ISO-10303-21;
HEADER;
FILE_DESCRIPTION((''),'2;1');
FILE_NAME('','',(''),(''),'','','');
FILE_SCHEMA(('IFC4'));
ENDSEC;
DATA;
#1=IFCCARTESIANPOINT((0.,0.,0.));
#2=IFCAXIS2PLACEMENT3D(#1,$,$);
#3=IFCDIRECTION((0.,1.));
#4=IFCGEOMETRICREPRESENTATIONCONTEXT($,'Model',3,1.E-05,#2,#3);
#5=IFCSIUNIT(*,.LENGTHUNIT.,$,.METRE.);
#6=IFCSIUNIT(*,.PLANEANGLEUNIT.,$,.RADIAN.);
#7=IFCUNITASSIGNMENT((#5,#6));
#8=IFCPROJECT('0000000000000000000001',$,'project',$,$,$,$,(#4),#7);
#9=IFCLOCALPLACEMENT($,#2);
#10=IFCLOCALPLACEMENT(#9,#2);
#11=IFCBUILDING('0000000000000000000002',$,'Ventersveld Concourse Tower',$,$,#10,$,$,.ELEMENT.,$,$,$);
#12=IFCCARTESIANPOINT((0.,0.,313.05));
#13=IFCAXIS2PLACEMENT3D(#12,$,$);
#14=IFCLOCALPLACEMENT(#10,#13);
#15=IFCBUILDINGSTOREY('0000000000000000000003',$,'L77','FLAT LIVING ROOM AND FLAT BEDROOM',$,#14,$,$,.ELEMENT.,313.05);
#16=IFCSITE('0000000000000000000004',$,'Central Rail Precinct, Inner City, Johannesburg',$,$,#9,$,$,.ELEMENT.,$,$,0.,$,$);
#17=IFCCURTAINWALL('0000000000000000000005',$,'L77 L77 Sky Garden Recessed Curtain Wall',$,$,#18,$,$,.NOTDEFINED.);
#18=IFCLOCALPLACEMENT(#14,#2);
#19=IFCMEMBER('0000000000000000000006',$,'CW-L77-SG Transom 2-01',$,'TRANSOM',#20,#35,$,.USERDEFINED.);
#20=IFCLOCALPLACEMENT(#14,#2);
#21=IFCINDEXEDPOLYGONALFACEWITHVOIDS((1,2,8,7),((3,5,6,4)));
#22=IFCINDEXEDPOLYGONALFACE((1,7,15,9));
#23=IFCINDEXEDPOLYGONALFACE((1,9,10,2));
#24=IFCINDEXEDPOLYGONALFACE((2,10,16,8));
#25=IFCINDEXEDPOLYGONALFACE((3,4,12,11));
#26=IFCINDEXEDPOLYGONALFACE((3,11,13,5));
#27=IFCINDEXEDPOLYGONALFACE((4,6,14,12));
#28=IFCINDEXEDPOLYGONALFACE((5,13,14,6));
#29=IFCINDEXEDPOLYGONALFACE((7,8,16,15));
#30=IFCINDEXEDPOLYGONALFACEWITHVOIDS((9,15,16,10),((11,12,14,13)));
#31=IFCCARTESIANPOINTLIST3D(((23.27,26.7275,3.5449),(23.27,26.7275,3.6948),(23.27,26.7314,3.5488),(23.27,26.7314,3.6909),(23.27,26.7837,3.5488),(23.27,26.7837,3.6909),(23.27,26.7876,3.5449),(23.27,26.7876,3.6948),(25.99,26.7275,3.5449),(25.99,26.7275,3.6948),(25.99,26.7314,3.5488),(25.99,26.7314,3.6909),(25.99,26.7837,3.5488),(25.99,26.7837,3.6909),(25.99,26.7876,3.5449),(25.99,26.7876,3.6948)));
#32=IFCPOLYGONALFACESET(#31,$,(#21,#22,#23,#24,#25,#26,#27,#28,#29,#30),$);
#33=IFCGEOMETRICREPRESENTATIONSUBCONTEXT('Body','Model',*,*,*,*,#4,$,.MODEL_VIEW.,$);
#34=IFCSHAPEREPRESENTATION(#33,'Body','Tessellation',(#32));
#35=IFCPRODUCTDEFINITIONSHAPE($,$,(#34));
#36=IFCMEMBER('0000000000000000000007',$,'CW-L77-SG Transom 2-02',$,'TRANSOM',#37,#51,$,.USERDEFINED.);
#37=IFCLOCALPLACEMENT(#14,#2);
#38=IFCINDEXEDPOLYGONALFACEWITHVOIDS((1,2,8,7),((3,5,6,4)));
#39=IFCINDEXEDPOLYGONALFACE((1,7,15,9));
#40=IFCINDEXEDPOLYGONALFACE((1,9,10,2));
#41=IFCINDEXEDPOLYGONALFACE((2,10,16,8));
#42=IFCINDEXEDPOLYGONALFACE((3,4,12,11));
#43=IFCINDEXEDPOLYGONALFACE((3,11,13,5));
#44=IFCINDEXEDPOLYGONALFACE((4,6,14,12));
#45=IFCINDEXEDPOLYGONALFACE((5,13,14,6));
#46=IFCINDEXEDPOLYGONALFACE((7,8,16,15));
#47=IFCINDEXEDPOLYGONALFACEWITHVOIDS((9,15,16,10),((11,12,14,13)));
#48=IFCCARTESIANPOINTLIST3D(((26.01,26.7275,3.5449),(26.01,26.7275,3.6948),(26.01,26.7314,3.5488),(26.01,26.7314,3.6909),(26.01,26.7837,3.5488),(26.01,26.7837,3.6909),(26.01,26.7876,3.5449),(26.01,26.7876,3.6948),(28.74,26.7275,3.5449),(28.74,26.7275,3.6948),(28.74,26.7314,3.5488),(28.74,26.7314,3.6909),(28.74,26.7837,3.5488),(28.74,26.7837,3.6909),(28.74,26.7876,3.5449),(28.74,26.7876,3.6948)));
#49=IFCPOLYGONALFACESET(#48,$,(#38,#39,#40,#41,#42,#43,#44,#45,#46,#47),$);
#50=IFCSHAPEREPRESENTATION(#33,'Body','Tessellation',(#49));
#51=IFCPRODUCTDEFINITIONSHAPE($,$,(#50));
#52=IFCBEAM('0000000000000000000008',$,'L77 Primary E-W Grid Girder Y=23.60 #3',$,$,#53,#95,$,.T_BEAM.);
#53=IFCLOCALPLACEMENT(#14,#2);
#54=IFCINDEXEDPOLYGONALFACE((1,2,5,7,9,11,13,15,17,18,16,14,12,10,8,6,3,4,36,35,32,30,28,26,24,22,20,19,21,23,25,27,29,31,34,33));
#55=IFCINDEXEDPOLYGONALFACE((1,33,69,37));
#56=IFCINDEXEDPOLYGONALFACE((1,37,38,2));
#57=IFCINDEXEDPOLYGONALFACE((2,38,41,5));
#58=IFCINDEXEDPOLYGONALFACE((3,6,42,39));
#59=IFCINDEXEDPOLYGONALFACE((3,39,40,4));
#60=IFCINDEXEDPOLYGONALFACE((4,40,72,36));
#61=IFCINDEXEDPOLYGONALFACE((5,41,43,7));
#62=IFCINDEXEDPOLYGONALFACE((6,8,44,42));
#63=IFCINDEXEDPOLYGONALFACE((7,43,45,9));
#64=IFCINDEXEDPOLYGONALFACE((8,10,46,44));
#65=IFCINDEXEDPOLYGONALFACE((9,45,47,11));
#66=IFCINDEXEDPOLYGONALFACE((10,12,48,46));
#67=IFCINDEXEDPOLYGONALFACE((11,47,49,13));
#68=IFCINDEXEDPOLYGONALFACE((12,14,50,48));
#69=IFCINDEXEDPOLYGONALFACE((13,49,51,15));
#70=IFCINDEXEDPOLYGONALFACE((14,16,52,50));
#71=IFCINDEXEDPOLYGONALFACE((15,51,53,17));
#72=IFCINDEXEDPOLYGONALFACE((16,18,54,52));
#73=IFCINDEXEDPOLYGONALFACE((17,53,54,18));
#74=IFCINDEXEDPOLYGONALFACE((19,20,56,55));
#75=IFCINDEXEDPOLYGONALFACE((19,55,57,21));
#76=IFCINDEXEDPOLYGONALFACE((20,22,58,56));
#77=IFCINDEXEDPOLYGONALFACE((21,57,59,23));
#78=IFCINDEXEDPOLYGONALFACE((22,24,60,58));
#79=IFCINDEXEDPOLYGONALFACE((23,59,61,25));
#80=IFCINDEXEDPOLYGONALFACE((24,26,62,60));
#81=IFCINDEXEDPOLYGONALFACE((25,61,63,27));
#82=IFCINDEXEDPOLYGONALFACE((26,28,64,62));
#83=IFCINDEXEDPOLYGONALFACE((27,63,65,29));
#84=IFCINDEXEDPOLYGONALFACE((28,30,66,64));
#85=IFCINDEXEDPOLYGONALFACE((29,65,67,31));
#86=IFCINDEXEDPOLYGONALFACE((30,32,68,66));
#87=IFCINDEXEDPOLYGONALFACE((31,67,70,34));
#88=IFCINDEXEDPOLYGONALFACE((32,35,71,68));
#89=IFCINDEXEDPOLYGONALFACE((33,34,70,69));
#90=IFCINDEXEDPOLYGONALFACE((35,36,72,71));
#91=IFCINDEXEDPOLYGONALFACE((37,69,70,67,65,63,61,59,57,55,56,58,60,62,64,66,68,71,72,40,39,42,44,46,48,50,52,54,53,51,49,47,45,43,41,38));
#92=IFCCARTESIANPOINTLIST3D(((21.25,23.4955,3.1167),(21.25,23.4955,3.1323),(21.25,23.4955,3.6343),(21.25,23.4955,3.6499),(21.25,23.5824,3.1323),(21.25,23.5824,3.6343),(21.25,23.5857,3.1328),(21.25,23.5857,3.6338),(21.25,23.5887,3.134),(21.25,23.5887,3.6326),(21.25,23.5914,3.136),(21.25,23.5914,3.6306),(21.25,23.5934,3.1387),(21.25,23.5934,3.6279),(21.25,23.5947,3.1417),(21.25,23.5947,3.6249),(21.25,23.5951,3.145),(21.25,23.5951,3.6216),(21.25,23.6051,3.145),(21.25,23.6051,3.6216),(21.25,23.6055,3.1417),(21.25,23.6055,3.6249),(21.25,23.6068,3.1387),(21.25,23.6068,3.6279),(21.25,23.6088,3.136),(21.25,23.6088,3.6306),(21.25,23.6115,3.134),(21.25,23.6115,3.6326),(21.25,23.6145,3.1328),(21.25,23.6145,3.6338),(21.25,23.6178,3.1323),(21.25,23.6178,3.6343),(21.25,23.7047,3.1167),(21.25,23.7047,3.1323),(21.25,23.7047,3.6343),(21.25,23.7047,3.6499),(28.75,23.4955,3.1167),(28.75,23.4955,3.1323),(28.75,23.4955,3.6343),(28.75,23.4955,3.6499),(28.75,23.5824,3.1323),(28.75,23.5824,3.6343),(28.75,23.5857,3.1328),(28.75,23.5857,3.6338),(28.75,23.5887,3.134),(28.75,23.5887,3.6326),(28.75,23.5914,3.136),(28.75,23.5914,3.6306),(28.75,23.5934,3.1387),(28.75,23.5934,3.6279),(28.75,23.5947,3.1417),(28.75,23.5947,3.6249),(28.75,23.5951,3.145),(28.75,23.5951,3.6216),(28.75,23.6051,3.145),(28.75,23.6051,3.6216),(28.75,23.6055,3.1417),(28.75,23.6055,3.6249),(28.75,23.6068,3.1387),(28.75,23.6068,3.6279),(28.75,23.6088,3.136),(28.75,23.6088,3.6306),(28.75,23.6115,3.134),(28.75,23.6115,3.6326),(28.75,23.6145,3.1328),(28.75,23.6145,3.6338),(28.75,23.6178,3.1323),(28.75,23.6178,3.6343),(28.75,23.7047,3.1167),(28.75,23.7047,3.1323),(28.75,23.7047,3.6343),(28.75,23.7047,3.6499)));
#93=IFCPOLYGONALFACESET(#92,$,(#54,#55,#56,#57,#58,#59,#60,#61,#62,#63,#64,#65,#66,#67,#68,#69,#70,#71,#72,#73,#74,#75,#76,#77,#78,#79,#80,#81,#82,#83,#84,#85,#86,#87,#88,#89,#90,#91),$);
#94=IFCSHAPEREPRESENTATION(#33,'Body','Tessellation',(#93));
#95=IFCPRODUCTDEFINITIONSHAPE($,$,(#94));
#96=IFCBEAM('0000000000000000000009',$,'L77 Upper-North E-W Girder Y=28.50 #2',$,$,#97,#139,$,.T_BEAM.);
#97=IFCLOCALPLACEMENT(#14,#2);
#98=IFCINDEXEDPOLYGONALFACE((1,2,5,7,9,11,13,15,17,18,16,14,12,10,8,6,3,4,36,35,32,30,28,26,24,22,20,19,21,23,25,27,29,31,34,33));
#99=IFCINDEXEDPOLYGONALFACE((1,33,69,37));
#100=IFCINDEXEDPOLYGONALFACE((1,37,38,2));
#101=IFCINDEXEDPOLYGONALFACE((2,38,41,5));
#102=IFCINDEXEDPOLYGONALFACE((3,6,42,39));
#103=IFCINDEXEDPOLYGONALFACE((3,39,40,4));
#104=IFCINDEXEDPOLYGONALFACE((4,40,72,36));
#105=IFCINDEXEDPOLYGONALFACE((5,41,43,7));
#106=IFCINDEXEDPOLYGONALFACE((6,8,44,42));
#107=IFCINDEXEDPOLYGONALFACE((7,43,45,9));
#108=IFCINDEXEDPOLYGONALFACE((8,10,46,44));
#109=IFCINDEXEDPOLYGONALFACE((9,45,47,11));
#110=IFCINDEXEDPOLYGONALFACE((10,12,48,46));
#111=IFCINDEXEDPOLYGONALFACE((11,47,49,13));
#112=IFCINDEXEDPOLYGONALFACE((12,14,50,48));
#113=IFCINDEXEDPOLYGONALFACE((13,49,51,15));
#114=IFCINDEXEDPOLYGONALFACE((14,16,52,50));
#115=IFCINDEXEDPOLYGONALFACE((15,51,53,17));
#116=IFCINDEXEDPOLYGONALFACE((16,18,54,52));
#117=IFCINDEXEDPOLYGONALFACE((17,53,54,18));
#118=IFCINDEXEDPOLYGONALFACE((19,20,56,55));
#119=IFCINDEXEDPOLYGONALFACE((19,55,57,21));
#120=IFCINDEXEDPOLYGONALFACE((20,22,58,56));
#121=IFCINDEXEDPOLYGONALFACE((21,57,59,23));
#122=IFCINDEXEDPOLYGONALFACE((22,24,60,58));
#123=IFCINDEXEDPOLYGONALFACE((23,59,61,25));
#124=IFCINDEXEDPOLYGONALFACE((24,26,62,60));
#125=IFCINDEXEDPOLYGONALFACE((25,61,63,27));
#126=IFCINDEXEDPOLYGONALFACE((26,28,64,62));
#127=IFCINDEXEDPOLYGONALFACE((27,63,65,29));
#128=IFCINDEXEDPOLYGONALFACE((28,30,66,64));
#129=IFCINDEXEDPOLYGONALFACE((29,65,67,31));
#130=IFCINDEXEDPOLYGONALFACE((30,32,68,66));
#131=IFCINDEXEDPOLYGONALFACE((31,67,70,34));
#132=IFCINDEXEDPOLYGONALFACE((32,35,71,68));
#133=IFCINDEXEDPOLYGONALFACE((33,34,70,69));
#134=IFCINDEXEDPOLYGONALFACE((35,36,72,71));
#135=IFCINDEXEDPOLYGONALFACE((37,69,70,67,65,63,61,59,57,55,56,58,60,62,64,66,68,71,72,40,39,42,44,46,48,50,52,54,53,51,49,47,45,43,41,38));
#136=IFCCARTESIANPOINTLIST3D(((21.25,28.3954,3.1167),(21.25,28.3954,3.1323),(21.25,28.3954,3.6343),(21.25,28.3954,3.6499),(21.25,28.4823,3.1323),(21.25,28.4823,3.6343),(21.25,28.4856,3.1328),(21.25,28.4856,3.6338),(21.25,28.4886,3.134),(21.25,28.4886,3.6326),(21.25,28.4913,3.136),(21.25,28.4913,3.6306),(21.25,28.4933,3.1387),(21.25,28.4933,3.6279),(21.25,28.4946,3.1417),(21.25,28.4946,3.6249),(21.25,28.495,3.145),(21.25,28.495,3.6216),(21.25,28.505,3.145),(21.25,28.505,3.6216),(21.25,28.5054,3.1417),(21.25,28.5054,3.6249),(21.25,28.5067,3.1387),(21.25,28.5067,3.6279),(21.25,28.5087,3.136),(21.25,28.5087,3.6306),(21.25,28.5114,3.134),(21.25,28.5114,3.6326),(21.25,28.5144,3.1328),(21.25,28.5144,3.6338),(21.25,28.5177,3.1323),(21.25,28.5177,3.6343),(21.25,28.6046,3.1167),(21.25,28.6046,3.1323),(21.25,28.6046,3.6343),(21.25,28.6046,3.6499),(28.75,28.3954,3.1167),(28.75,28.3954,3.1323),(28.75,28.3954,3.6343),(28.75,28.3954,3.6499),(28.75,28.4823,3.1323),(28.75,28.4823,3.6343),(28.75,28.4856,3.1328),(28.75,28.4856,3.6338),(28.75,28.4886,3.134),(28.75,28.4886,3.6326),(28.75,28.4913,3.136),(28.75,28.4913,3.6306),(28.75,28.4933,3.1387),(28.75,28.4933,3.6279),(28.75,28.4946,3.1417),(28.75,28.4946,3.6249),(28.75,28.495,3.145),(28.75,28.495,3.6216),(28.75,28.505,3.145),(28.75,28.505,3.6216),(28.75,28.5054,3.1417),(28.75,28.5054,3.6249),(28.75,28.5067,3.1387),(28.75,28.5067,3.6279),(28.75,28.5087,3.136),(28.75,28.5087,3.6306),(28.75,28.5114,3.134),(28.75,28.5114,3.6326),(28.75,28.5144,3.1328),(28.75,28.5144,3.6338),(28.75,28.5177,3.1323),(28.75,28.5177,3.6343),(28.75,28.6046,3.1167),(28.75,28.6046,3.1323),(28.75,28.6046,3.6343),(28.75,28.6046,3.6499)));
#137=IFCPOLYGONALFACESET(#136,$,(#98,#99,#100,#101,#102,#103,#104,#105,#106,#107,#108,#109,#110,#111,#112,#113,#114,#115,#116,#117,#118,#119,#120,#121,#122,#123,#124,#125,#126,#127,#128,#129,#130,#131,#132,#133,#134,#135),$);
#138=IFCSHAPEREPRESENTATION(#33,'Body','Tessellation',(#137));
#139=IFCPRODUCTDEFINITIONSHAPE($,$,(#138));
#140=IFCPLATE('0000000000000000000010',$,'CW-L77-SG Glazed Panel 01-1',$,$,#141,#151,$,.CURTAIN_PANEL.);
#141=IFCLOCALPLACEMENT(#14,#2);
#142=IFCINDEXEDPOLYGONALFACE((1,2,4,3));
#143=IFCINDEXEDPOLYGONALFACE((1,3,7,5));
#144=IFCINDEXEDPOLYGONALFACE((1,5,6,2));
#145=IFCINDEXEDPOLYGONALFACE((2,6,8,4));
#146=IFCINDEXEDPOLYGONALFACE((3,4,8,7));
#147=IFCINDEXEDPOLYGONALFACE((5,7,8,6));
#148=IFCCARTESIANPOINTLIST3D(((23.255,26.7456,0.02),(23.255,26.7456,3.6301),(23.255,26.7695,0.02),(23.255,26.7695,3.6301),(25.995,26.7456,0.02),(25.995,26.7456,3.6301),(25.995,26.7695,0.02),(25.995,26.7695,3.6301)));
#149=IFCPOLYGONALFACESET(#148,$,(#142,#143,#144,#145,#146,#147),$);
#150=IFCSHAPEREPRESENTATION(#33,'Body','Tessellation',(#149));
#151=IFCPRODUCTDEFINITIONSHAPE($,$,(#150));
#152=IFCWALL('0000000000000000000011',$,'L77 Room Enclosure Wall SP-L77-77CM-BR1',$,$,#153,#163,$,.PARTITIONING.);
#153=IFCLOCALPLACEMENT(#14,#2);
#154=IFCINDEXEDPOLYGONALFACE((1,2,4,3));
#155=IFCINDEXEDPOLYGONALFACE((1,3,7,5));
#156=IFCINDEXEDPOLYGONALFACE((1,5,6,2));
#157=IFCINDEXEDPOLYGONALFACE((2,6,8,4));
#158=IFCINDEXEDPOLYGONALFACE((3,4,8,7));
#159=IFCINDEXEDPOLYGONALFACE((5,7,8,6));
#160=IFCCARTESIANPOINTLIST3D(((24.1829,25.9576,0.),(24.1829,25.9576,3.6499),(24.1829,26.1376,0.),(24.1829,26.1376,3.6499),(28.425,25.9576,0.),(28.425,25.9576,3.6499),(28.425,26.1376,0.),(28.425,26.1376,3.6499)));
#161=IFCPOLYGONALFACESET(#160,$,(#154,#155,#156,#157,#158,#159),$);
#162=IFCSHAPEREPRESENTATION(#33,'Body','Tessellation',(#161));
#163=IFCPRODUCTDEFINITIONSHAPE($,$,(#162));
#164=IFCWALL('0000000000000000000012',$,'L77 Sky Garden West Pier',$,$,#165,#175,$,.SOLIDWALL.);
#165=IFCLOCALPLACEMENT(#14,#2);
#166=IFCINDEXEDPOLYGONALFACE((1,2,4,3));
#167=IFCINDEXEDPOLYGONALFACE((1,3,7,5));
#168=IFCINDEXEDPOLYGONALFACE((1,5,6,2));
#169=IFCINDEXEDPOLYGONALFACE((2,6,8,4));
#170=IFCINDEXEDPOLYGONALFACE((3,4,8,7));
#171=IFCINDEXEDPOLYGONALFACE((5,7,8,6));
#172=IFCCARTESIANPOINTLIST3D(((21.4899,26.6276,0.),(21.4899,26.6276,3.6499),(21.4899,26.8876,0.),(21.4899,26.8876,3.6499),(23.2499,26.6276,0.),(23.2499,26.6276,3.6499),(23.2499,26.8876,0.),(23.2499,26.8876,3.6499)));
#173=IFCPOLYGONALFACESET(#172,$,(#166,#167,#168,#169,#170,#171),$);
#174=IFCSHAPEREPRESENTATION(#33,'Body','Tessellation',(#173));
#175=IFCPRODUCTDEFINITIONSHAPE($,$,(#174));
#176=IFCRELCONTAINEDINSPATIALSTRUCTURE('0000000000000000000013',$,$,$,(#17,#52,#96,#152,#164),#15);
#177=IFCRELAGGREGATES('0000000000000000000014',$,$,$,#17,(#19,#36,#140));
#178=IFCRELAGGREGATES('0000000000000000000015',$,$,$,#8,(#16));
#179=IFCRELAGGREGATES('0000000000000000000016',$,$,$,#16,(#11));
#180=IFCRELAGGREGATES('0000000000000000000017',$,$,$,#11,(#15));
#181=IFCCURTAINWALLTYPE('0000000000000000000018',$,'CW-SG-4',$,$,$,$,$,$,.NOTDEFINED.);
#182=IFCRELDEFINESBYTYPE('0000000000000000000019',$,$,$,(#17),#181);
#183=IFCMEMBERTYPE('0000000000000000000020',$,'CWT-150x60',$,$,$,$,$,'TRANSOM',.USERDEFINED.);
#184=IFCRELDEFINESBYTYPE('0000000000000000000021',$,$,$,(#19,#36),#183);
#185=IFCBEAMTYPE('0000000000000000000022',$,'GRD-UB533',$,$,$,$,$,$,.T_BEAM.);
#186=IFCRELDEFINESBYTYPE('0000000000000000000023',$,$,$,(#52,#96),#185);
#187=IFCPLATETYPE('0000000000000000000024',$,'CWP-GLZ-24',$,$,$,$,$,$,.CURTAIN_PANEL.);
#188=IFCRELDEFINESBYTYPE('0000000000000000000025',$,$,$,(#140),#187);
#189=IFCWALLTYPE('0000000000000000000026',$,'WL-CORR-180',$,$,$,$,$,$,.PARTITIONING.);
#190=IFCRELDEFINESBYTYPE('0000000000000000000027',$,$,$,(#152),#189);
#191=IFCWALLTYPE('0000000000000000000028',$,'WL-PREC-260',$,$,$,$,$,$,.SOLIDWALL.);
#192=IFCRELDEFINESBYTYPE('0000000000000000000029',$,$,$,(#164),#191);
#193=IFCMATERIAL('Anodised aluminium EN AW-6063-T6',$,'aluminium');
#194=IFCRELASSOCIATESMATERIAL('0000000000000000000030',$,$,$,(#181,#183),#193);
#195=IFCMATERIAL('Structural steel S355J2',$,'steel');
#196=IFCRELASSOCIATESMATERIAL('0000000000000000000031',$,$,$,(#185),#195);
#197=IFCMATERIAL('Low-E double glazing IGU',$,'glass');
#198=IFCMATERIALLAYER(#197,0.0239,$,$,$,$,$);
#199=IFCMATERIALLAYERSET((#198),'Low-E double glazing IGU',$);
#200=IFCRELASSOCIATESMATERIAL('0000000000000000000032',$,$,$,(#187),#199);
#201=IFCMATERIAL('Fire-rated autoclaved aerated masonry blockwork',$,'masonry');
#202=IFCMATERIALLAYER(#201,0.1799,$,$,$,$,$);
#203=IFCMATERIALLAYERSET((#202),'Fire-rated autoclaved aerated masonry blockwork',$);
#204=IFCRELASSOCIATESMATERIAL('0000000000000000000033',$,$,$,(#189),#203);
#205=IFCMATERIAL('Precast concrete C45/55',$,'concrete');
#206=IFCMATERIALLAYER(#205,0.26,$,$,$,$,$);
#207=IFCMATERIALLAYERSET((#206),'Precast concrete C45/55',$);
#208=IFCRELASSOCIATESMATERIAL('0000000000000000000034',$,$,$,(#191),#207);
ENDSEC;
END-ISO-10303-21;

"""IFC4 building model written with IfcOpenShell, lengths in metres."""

from ifc_helpers import new_model, si_unit, direction, frame, frame_2d, origin, origin_2d, place, context, subcontext, project, spatial, rectangle, hollow_rectangle, i_section, extrude, material, layer, layer_set, material_profile, profile_set, type_object, element, aggregate, save


model = new_model("IFC4")

# Units and contexts
model_context = context("Model", 3, precision=1e-05, world=origin(), true_north=direction((0.0, 1.0)))
body_context = subcontext(model_context, "Body", "Model", "MODEL_VIEW")
ifc_project = project(units=[si_unit("LENGTHUNIT", "METRE"), si_unit("PLANEANGLEUNIT", "RADIAN")], contexts=[model_context])

# Site, building, storey
site_placement = place(None, origin())
site = spatial("IfcSite", under=ifc_project, at=site_placement, Name="Central Rail Precinct, Inner City, Johannesburg", CompositionType="ELEMENT", RefElevation=0.0)
building_placement = place(site_placement, origin())
building = spatial("IfcBuilding", under=site, at=building_placement, Name="Ventersveld Concourse Tower", CompositionType="ELEMENT")
storey_placement = place(building_placement, frame((0.0, 0.0, 313.05)))
storey = spatial("IfcBuildingStorey", under=building, at=storey_placement, Name="L77", Description="FLAT LIVING ROOM AND FLAT BEDROOM", CompositionType="ELEMENT", Elevation=313.05)

# Shared definitions
ifc_material_1 = material(Name="Structural steel S355J2", Category="steel")

# Curtain wall, members
ifc_material_2 = material(Name="Anodised aluminium EN AW-6063-T6", Category="aluminium")
curtain_wall_type = type_object("IfcCurtainWallType", Name="CW-SG-4", PredefinedType="NOTDEFINED", material=ifc_material_2)
curtain_wall_placement = place(storey_placement, origin())
curtain_wall = element("IfcCurtainWall", 1, at=curtain_wall_placement, inside=storey, type_object=curtain_wall_type, Name="L77 L77 Sky Garden Recessed Curtain Wall", PredefinedType="NOTDEFINED")
ifc_material_profile_1 = material_profile(ifc_material_2, hollow_rectangle(XDim=0.0601, YDim=0.1499, WallThickness=0.0039, at=origin_2d()), Name="ALU 150x60x4")
ifc_profile_set_1 = profile_set([ifc_material_profile_1], Name="Anodised aluminium EN AW-6063-T6")
member_type_1 = type_object("IfcMemberType", Name="CWT-150x60", ElementType="TRANSOM", PredefinedType="USERDEFINED", material=ifc_profile_set_1)
member_1_placement = place(storey_placement, frame((23.27, 26.7576, 3.6199), z_axis=(1.0, 0.0, 0.0), x_axis=(0.0, 1.0, 0.0)))
member_1 = element("IfcMember", 2, at=member_1_placement, type_object=member_type_1, Name="CW-L77-SG Transom 2-01", ObjectType="TRANSOM", PredefinedType="USERDEFINED", context=body_context, shape_type="SweptSolid", body=[
    extrude(hollow_rectangle(XDim=0.0601, YDim=0.1499, WallThickness=0.0039, at=origin_2d()), origin(), (0.0, 0.0, 1.0), 2.72),
])
member_2_placement = place(storey_placement, frame((26.01, 26.7576, 3.6199), z_axis=(1.0, 0.0, 0.0), x_axis=(0.0, 1.0, 0.0)))
member_2 = element("IfcMember", 3, at=member_2_placement, type_object=member_type_1, Name="CW-L77-SG Transom 2-02", ObjectType="TRANSOM", PredefinedType="USERDEFINED", context=body_context, shape_type="SweptSolid", body=[
    extrude(hollow_rectangle(XDim=0.0601, YDim=0.1499, WallThickness=0.0039, at=origin_2d()), origin(), (0.0, 0.0, 1.0), 2.73),
])

# Beams
ifc_material_profile_2 = material_profile(ifc_material_1, i_section(OverallWidth=0.2092, OverallDepth=0.5332, WebThickness=0.01, FlangeThickness=0.0156, FilletRadius=0.0127, at=origin_2d()), Name="UB 533x210x92")
ifc_profile_set_2 = profile_set([ifc_material_profile_2], Name="Structural steel S355J2")
beam_type_1 = type_object("IfcBeamType", Name="GRD-UB533", PredefinedType="T_BEAM", material=ifc_profile_set_2)
for number, where, z_axis, x_axis, name in (
    (4, (21.25, 23.6001, 3.3833), (1.0, 0.0, 0.0), (0.0, 1.0, 0.0), "L77 Primary E-W Grid Girder Y=23.60 #3"),
    (5, (21.25, 28.5, 3.3833), (1.0, 0.0, 0.0), (0.0, 1.0, 0.0), "L77 Upper-North E-W Girder Y=28.50 #2"),
):
    element("IfcBeam", number, at=place(storey_placement, frame(where, z_axis=z_axis, x_axis=x_axis)), inside=storey, type_object=beam_type_1, Name=name, PredefinedType="T_BEAM", context=body_context, shape_type="SweptSolid", body=[
        extrude(i_section(OverallWidth=0.2092, OverallDepth=0.5332, WebThickness=0.01, FlangeThickness=0.0156, FilletRadius=0.0127, at=origin_2d()), origin(), (0.0, 0.0, 1.0), 7.5),
    ])

# Plate
ifc_material_3 = material(Name="Low-E double glazing IGU", Category="glass")
ifc_layer_1 = layer(ifc_material_3, 0.0239)
ifc_layer_set_1 = layer_set([ifc_layer_1], Name="Low-E double glazing IGU")
plate_type = type_object("IfcPlateType", Name="CWP-GLZ-24", PredefinedType="CURTAIN_PANEL", material=ifc_layer_set_1)
plate_placement = place(storey_placement, frame((24.625, 26.7576, 0.02), z_axis=(0.0, 0.0, 1.0), x_axis=(1.0, 0.0, 0.0)))
plate = element("IfcPlate", 6, at=plate_placement, type_object=plate_type, Name="CW-L77-SG Glazed Panel 01-1", PredefinedType="CURTAIN_PANEL", context=body_context, shape_type="SweptSolid", body=[
    extrude(rectangle(XDim=2.74, YDim=0.0239, at=origin_2d()), origin(), (0.0, 0.0, 1.0), 3.6101),
])
aggregate(curtain_wall, [member_1, member_2, plate])

# Walls
ifc_material_4 = material(Name="Fire-rated autoclaved aerated masonry blockwork", Category="masonry")
ifc_layer_2 = layer(ifc_material_4, 0.1799)
ifc_layer_set_2 = layer_set([ifc_layer_2], Name="Fire-rated autoclaved aerated masonry blockwork")
wall_type_1 = type_object("IfcWallType", Name="WL-CORR-180", PredefinedType="PARTITIONING", material=ifc_layer_set_2)
wall_1_placement = place(storey_placement, frame((24.1829, 26.0476, 0.0), z_axis=(0.0, 0.0, 1.0), x_axis=(1.0, 0.0, 0.0)))
element("IfcWall", 7, at=wall_1_placement, inside=storey, type_object=wall_type_1, Name="L77 Room Enclosure Wall SP-L77-77CM-BR1", PredefinedType="PARTITIONING", context=body_context, shape_type="SweptSolid", body=[
    extrude(rectangle(XDim=4.2422, YDim=0.1799, at=frame_2d((2.1211, 0.0))), origin(), (0.0, 0.0, 1.0), 3.6499),
])
ifc_material_5 = material(Name="Precast concrete C45/55", Category="concrete")
ifc_layer_3 = layer(ifc_material_5, 0.26)
ifc_layer_set_3 = layer_set([ifc_layer_3], Name="Precast concrete C45/55")
wall_type_2 = type_object("IfcWallType", Name="WL-PREC-260", PredefinedType="SOLIDWALL", material=ifc_layer_set_3)
wall_2_placement = place(storey_placement, frame((21.49, 26.7576, 0.0), z_axis=(0.0, 0.0, 1.0), x_axis=(1.0, 0.0, 0.0)))
element("IfcWall", 8, at=wall_2_placement, inside=storey, type_object=wall_type_2, Name="L77 Sky Garden West Pier", PredefinedType="SOLIDWALL", context=body_context, shape_type="SweptSolid", body=[
    extrude(rectangle(XDim=1.76, YDim=0.26, at=frame_2d((0.8799, 0.0))), origin(), (0.0, 0.0, 1.0), 3.6499),
])

save(model, "model.ifc")
